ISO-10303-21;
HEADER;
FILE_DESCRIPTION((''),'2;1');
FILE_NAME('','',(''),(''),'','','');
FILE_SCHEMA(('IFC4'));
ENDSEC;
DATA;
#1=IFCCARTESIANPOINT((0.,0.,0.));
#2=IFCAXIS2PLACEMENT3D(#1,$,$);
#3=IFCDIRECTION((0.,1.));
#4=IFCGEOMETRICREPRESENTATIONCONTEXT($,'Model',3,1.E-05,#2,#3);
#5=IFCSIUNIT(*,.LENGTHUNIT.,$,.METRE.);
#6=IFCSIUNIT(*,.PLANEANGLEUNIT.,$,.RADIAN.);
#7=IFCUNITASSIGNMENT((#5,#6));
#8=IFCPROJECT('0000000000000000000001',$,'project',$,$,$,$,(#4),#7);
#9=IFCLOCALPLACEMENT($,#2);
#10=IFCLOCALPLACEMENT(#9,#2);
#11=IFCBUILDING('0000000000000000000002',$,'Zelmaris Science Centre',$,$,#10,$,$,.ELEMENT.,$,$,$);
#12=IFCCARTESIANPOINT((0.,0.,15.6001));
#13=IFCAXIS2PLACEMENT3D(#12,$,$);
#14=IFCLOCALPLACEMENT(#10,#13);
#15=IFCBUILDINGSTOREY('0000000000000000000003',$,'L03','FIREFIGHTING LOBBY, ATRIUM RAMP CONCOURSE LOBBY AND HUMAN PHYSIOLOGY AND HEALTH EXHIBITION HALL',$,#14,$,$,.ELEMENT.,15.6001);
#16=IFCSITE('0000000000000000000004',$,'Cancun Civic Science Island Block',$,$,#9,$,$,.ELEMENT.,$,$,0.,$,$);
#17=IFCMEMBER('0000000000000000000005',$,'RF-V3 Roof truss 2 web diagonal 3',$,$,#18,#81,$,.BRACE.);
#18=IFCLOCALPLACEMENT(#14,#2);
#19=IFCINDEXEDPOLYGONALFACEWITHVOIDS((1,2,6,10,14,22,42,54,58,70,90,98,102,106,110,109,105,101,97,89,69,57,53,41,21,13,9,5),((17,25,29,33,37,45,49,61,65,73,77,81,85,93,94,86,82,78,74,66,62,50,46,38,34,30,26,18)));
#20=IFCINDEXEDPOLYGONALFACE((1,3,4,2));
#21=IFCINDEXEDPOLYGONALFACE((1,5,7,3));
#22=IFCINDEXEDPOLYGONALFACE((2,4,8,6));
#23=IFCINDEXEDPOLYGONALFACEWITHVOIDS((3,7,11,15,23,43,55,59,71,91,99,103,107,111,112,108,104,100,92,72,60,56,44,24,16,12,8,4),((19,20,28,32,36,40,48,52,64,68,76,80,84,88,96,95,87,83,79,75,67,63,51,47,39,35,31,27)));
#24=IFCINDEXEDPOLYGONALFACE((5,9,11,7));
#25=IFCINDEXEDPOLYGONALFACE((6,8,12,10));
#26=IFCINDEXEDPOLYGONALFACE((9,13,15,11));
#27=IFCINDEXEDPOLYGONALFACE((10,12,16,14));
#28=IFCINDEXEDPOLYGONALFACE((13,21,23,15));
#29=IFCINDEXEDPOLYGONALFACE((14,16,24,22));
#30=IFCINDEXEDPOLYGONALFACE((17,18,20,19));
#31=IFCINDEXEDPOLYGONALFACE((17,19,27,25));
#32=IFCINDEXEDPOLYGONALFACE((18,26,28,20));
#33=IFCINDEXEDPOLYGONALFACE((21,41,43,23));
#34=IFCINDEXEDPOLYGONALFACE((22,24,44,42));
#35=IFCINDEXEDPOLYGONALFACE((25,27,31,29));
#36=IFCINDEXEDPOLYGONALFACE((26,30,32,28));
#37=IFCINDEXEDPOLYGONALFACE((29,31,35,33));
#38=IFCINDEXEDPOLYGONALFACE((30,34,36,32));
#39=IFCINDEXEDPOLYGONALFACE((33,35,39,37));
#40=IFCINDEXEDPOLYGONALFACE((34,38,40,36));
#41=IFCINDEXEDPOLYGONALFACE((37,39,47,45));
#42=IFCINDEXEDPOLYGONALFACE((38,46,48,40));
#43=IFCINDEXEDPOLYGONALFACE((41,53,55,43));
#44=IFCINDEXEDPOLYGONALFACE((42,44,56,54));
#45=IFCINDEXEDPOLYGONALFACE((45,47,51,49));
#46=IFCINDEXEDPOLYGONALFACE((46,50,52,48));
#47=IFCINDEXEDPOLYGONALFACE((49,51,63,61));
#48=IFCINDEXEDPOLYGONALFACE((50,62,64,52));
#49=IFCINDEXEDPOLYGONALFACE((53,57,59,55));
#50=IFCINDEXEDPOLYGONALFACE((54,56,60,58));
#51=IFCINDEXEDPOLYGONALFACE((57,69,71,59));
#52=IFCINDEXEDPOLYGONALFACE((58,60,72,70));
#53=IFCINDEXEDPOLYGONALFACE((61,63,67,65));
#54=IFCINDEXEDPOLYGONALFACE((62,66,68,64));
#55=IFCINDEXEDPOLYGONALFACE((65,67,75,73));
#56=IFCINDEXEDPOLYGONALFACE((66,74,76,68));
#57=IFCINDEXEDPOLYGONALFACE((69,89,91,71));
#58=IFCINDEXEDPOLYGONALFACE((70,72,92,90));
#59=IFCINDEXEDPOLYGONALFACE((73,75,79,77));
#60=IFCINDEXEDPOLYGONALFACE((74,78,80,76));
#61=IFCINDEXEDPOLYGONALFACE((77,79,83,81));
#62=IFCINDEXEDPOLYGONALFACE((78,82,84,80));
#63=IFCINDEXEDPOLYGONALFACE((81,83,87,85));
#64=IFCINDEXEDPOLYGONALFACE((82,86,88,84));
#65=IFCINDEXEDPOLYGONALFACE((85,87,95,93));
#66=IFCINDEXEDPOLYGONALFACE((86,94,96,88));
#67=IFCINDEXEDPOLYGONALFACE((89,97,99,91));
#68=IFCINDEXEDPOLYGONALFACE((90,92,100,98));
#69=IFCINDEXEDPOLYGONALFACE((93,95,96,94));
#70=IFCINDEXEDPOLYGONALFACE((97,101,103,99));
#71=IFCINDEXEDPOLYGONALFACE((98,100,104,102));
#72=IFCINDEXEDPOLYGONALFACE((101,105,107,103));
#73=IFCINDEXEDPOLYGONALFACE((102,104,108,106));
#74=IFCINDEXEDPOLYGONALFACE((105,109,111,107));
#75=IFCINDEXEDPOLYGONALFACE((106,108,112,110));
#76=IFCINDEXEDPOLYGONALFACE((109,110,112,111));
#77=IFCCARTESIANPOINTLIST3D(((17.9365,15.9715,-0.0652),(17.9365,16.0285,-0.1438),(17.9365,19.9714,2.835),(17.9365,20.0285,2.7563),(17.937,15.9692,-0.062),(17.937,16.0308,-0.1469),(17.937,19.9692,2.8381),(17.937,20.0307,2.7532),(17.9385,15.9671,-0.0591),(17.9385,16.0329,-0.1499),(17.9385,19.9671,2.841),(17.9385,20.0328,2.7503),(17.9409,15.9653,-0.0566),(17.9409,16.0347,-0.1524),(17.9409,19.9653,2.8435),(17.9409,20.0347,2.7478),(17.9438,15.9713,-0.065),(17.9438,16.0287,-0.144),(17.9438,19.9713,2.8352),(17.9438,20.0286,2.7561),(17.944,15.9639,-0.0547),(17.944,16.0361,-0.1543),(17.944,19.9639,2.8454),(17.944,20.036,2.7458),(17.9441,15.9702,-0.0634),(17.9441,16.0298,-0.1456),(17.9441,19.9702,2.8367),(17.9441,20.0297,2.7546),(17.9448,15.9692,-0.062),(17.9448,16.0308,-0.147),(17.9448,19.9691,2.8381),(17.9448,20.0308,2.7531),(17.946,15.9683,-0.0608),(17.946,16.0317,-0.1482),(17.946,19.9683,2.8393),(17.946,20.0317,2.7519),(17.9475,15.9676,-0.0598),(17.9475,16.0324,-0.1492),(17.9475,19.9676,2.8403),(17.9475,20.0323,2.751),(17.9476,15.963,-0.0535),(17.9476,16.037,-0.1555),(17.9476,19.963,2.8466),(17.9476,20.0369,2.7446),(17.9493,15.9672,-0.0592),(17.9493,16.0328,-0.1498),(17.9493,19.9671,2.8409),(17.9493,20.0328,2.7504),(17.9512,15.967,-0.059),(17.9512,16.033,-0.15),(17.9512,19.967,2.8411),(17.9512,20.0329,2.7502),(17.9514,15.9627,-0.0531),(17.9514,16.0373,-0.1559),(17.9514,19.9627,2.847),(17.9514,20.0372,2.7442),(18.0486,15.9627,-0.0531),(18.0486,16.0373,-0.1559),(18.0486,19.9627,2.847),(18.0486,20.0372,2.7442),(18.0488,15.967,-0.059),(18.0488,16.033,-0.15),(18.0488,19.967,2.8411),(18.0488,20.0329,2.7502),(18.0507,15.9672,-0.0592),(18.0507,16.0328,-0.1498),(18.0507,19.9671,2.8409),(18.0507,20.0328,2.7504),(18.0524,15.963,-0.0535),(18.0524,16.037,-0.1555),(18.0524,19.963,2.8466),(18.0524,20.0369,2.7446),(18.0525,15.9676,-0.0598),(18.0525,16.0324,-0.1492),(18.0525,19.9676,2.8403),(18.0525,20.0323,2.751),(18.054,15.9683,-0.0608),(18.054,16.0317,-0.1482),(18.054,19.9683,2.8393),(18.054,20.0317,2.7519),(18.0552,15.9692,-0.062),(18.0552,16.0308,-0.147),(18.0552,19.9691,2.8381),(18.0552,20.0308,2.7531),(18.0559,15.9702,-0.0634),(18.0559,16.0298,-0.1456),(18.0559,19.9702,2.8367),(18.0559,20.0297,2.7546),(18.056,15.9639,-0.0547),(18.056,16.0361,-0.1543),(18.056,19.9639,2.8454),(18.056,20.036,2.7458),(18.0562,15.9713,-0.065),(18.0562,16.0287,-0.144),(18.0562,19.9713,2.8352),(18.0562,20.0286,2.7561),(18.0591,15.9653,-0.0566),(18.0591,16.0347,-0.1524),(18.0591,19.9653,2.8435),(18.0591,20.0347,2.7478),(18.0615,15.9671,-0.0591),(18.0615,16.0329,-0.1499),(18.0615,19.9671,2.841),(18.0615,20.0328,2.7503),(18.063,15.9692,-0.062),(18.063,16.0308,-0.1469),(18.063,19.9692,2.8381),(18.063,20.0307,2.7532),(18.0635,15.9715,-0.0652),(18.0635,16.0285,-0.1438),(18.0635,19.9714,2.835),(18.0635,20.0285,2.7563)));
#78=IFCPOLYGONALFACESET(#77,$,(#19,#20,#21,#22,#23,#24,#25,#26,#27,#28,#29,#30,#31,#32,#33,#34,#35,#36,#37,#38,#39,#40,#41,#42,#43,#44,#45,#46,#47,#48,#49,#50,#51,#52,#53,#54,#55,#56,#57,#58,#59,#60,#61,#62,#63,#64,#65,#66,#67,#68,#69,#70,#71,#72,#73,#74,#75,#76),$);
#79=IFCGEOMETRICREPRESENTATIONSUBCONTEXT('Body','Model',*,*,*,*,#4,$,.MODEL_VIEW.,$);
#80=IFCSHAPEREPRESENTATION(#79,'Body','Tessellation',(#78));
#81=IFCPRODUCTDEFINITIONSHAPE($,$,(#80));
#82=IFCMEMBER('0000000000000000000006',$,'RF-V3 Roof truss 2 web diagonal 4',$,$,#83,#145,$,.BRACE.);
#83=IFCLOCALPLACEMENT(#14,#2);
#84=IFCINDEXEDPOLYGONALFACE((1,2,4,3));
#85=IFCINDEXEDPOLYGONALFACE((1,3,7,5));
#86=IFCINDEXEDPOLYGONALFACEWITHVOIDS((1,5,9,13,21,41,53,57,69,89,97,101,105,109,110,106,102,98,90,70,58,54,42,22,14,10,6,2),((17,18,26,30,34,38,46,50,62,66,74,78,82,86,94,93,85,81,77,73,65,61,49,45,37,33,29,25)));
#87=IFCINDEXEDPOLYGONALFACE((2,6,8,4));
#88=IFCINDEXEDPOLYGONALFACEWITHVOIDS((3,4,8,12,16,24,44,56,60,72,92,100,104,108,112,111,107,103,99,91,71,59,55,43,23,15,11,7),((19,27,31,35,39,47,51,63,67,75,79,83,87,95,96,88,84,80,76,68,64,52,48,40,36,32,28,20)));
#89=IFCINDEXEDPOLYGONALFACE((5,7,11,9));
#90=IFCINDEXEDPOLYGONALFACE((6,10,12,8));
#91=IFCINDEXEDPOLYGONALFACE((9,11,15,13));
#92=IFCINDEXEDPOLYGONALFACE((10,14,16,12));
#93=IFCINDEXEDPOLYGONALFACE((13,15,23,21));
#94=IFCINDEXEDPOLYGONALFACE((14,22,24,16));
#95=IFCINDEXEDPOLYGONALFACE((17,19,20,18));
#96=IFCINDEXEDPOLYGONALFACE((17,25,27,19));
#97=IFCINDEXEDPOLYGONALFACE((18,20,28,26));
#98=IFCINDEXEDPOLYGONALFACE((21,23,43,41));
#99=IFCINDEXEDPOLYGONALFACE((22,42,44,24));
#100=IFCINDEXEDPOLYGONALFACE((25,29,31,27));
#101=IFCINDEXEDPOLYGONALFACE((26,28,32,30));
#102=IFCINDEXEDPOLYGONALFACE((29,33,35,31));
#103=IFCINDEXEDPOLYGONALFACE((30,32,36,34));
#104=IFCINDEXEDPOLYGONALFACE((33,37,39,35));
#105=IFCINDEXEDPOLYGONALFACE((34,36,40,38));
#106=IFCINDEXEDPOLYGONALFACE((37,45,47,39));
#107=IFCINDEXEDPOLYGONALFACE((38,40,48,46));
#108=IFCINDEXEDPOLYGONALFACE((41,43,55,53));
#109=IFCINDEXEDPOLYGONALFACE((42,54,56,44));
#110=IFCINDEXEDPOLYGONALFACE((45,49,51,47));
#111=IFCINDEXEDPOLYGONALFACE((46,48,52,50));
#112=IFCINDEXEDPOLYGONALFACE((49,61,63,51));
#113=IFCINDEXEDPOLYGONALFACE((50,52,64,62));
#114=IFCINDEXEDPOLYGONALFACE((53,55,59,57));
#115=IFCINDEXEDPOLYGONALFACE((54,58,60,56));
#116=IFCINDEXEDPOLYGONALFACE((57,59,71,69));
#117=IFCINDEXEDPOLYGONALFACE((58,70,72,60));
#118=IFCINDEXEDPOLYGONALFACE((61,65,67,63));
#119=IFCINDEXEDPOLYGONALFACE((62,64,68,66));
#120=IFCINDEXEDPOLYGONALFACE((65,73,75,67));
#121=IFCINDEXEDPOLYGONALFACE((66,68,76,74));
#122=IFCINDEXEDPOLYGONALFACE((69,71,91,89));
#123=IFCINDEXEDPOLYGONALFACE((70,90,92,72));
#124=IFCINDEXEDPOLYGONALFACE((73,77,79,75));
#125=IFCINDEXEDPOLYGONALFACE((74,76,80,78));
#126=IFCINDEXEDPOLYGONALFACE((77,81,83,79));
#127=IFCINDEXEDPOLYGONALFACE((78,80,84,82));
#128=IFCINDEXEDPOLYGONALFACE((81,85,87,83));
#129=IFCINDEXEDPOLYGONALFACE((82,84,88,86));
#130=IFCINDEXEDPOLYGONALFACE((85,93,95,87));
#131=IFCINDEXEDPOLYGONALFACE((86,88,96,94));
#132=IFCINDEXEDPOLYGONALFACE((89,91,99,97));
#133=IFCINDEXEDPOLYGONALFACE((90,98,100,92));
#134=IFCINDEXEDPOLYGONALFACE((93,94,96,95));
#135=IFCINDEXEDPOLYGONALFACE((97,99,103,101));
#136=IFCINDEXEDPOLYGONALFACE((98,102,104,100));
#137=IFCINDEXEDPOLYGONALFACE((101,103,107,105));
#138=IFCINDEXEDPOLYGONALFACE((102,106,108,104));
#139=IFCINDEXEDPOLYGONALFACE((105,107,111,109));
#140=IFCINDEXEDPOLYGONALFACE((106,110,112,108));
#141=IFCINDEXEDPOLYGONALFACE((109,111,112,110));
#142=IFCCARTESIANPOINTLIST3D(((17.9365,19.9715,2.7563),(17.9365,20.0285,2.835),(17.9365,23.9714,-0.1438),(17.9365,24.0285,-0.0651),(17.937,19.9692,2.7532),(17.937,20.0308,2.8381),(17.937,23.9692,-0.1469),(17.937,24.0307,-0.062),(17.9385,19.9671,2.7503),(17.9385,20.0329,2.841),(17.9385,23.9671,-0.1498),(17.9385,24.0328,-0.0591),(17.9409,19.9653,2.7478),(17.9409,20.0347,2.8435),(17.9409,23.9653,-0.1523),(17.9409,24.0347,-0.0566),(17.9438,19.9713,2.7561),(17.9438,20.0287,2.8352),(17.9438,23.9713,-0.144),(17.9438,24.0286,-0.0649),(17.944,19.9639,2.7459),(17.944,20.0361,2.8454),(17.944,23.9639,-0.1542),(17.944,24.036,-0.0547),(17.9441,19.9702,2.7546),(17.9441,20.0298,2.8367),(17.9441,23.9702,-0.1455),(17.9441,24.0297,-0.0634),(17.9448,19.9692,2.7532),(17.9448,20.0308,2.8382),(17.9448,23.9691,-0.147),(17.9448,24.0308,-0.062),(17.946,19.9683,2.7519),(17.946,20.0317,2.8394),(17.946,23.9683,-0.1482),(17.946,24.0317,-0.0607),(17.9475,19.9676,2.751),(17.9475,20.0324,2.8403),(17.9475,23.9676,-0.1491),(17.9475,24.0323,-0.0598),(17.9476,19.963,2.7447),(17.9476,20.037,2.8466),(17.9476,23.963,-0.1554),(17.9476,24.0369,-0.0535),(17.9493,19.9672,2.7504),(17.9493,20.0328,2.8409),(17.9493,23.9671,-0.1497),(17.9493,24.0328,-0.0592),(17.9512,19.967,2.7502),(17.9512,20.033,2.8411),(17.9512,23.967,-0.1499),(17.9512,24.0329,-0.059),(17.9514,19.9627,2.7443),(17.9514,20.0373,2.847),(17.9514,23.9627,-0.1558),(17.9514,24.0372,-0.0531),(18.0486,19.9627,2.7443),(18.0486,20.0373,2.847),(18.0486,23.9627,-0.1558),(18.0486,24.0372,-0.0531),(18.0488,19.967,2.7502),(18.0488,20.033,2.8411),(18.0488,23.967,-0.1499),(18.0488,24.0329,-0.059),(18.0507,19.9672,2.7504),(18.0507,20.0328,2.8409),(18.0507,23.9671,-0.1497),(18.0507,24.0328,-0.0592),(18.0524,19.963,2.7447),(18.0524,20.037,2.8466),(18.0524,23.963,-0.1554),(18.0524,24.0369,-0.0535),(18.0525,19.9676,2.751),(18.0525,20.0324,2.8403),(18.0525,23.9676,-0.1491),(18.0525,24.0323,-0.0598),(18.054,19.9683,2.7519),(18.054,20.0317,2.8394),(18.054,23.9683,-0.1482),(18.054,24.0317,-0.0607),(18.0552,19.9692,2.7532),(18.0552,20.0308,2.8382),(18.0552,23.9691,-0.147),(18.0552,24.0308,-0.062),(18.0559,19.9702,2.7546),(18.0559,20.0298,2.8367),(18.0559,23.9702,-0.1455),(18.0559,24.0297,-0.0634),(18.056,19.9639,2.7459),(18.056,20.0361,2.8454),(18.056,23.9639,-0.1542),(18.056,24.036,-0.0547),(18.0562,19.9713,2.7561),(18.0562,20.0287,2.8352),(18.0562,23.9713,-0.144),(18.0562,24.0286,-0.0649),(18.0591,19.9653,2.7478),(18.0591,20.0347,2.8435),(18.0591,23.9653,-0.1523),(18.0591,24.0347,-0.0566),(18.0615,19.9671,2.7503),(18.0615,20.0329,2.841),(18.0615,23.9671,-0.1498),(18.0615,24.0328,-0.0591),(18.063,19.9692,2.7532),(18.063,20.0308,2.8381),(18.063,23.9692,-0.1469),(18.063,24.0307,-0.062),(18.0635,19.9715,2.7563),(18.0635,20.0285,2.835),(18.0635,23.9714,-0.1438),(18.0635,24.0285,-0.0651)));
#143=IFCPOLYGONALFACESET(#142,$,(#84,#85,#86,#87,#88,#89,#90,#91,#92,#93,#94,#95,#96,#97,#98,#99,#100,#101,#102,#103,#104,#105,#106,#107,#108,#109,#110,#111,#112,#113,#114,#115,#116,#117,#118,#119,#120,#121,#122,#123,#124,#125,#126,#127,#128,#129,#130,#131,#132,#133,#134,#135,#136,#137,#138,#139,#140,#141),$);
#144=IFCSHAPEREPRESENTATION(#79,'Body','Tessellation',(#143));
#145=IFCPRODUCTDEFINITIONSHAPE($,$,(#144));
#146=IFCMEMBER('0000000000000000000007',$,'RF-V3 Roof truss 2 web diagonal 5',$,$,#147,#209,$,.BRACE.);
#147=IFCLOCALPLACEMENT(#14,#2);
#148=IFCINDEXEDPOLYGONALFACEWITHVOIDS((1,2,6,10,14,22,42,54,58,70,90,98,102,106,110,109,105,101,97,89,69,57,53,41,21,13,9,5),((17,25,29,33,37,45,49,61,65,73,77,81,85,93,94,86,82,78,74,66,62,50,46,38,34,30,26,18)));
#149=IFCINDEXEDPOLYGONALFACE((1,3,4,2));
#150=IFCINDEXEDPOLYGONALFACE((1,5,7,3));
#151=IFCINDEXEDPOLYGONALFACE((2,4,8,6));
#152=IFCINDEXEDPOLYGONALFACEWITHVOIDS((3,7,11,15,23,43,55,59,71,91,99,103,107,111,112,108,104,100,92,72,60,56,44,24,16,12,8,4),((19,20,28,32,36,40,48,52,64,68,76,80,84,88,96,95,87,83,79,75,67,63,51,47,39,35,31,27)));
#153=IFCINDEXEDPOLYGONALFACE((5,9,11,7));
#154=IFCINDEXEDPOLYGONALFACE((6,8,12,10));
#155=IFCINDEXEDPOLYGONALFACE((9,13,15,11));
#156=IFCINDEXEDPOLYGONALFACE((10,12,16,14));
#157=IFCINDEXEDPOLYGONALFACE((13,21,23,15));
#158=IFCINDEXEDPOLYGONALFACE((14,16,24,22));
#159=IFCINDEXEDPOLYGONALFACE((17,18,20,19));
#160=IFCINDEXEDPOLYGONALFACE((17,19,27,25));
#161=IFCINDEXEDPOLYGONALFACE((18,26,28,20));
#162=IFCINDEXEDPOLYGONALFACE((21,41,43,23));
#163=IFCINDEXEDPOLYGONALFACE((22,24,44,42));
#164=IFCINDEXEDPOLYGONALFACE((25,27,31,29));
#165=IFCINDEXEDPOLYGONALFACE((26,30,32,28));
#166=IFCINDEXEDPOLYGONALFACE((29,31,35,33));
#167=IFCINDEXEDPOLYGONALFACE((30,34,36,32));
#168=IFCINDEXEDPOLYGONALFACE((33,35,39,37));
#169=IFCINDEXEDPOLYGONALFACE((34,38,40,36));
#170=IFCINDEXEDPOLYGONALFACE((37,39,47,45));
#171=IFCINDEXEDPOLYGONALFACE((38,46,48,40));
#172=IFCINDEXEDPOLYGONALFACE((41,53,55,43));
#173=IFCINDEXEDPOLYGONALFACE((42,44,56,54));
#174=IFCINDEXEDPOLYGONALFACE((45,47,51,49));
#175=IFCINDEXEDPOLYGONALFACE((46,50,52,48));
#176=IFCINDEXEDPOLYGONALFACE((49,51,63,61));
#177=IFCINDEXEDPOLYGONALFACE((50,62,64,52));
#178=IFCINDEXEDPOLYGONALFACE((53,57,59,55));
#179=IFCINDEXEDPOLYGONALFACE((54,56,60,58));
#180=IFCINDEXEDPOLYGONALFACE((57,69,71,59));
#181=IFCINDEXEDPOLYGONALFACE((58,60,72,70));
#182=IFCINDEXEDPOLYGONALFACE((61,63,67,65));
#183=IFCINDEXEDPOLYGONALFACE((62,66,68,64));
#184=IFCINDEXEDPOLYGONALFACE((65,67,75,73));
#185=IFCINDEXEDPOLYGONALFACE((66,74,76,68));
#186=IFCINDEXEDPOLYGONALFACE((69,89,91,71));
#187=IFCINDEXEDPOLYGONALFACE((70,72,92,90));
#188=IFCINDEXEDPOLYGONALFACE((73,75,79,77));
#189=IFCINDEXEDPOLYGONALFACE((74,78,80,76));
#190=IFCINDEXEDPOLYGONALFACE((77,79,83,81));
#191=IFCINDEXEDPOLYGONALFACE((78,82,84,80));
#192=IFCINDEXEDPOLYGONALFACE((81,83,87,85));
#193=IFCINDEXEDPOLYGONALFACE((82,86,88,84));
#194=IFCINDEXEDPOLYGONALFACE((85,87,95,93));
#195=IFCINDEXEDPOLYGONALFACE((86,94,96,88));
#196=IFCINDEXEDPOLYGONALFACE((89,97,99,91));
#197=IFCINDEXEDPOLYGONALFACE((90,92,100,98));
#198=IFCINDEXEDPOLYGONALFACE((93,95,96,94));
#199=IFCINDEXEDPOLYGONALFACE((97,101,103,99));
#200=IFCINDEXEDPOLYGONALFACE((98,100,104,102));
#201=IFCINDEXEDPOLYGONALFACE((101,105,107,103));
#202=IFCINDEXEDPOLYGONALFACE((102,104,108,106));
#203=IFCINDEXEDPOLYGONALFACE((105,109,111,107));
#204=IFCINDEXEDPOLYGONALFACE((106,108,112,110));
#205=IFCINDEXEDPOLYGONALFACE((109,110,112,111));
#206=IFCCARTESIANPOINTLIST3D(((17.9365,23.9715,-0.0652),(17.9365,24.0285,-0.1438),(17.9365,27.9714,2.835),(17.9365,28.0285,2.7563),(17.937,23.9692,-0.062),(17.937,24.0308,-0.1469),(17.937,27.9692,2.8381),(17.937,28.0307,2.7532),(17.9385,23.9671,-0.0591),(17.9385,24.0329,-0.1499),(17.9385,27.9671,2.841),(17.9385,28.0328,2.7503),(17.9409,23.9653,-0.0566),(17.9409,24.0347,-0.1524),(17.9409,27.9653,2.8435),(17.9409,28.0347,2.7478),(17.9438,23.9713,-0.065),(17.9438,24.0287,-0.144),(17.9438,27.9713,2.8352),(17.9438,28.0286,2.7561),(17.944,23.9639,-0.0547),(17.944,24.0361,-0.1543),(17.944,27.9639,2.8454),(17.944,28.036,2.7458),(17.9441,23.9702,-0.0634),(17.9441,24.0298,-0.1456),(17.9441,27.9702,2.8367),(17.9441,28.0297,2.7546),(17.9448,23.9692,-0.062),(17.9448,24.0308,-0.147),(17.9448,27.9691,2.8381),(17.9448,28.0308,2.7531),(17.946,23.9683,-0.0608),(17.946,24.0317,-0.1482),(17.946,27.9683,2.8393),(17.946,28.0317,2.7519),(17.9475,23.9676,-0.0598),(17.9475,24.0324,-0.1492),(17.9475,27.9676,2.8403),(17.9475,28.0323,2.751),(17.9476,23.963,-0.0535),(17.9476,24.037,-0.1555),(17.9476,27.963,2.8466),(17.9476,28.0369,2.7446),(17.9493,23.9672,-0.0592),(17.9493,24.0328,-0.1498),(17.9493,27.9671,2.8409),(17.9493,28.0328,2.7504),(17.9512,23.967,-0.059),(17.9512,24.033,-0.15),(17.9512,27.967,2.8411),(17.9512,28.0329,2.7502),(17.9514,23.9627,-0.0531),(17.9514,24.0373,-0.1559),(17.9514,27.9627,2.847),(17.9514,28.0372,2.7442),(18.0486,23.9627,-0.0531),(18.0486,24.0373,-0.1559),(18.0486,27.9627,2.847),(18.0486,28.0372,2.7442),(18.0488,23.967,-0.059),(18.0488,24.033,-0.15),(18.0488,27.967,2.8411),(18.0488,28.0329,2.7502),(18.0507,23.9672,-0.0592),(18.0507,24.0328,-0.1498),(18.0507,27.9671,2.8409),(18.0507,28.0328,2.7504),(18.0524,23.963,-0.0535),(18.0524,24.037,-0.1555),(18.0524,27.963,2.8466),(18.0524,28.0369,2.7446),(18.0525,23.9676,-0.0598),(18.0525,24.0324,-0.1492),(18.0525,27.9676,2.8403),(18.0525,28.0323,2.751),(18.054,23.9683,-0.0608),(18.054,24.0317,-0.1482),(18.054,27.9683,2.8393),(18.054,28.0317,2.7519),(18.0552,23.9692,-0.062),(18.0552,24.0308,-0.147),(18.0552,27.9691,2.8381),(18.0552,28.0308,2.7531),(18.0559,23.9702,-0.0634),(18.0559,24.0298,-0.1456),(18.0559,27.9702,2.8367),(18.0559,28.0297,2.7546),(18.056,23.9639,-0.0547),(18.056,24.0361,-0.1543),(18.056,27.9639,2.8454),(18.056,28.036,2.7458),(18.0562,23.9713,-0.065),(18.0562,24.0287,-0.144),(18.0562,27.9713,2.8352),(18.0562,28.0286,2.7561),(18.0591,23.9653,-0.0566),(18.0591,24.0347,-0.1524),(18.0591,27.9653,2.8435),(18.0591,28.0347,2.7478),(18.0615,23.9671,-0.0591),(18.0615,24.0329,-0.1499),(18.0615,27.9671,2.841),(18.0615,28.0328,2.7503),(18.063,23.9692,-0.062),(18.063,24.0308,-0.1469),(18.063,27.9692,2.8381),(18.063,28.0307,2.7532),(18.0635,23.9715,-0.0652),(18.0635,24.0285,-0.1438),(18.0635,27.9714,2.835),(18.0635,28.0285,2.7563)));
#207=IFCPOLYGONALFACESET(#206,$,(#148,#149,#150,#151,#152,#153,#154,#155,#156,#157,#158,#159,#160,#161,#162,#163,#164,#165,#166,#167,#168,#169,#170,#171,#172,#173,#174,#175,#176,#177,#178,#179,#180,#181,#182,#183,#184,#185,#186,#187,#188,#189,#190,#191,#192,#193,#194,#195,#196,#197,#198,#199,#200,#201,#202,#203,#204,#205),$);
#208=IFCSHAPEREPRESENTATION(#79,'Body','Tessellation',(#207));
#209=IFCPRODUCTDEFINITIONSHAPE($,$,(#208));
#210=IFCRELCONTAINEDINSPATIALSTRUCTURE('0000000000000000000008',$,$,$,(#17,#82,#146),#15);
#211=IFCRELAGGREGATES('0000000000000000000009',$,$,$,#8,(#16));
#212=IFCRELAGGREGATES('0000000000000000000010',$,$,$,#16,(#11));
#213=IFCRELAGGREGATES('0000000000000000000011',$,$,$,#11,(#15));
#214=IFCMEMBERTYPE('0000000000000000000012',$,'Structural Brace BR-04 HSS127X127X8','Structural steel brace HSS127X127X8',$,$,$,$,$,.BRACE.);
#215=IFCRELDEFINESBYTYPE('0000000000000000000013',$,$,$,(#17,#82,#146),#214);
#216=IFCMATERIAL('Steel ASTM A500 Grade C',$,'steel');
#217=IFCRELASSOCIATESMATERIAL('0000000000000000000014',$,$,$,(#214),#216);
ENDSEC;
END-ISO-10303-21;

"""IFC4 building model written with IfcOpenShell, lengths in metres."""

from ifc_helpers import new_model, si_unit, direction, frame, origin, origin_2d, place, context, subcontext, project, spatial, hollow_rectangle, extrude, material, material_profile, profile_set, type_object, element, save


model = new_model("IFC4")

# Units and contexts
model_context = context("Model", 3, precision=1e-05, world=origin(), true_north=direction((0.0, 1.0)))
body_context = subcontext(model_context, "Body", "Model", "MODEL_VIEW")
ifc_project = project(units=[si_unit("LENGTHUNIT", "METRE"), si_unit("PLANEANGLEUNIT", "RADIAN")], contexts=[model_context])

# Site, building, storey
site_placement = place(None, origin())
site = spatial("IfcSite", under=ifc_project, at=site_placement, Name="Cancun Civic Science Island Block", CompositionType="ELEMENT", RefElevation=0.0)
building_placement = place(site_placement, origin())
building = spatial("IfcBuilding", under=site, at=building_placement, Name="Zelmaris Science Centre", CompositionType="ELEMENT")
storey_placement = place(building_placement, frame((0.0, 0.0, 15.6001)))
storey = spatial("IfcBuildingStorey", under=building, at=storey_placement, Name="L03", Description="FIREFIGHTING LOBBY, ATRIUM RAMP CONCOURSE LOBBY AND HUMAN PHYSIOLOGY AND HEALTH EXHIBITION HALL", CompositionType="ELEMENT", Elevation=15.6001)

# Shared definitions
ifc_material = material(Name="Steel ASTM A500 Grade C", Category="steel")

# Members
ifc_material_profile_1 = material_profile(ifc_material, hollow_rectangle(XDim=0.127, YDim=0.127, WallThickness=0.0073, InnerFilletRadius=0.0073, OuterFilletRadius=0.0149, at=origin_2d()), Name="HSS127X127X8")
ifc_profile_set_1 = profile_set([ifc_material_profile_1], Name="Steel ASTM A500 Grade C")
member_type_1 = type_object("IfcMemberType", Name="Structural Brace BR-04 HSS127X127X8", Description="Structural steel brace HSS127X127X8", PredefinedType="BRACE", material=ifc_profile_set_1)
for number, where, z_axis, x_axis, name in (
    (1, (18.0, 16.0, -0.1045), (0.0, 0.809596, 0.586987), (-1.0, 0.0, 0.0), "RF-V3 Roof truss 2 web diagonal 3"),
    (2, (18.0, 20.0, 2.7957), (0.0, 0.809596, -0.586987), (-1.0, 0.0, 0.0), "RF-V3 Roof truss 2 web diagonal 4"),
    (3, (18.0, 24.0, -0.1045), (0.0, 0.809596, 0.586987), (-1.0, 0.0, 0.0), "RF-V3 Roof truss 2 web diagonal 5"),
):
    element("IfcMember", number, at=place(storey_placement, frame(where, z_axis=z_axis, x_axis=x_axis)), inside=storey, type_object=member_type_1, Name=name, PredefinedType="BRACE", context=body_context, shape_type="SweptSolid", body=[
        extrude(hollow_rectangle(XDim=0.127, YDim=0.127, WallThickness=0.0073, InnerFilletRadius=0.0073, OuterFilletRadius=0.0149, at=origin_2d()), origin(), (0.0, 0.0, 1.0), 4.9407),
    ])

save(model, "model.ifc")
